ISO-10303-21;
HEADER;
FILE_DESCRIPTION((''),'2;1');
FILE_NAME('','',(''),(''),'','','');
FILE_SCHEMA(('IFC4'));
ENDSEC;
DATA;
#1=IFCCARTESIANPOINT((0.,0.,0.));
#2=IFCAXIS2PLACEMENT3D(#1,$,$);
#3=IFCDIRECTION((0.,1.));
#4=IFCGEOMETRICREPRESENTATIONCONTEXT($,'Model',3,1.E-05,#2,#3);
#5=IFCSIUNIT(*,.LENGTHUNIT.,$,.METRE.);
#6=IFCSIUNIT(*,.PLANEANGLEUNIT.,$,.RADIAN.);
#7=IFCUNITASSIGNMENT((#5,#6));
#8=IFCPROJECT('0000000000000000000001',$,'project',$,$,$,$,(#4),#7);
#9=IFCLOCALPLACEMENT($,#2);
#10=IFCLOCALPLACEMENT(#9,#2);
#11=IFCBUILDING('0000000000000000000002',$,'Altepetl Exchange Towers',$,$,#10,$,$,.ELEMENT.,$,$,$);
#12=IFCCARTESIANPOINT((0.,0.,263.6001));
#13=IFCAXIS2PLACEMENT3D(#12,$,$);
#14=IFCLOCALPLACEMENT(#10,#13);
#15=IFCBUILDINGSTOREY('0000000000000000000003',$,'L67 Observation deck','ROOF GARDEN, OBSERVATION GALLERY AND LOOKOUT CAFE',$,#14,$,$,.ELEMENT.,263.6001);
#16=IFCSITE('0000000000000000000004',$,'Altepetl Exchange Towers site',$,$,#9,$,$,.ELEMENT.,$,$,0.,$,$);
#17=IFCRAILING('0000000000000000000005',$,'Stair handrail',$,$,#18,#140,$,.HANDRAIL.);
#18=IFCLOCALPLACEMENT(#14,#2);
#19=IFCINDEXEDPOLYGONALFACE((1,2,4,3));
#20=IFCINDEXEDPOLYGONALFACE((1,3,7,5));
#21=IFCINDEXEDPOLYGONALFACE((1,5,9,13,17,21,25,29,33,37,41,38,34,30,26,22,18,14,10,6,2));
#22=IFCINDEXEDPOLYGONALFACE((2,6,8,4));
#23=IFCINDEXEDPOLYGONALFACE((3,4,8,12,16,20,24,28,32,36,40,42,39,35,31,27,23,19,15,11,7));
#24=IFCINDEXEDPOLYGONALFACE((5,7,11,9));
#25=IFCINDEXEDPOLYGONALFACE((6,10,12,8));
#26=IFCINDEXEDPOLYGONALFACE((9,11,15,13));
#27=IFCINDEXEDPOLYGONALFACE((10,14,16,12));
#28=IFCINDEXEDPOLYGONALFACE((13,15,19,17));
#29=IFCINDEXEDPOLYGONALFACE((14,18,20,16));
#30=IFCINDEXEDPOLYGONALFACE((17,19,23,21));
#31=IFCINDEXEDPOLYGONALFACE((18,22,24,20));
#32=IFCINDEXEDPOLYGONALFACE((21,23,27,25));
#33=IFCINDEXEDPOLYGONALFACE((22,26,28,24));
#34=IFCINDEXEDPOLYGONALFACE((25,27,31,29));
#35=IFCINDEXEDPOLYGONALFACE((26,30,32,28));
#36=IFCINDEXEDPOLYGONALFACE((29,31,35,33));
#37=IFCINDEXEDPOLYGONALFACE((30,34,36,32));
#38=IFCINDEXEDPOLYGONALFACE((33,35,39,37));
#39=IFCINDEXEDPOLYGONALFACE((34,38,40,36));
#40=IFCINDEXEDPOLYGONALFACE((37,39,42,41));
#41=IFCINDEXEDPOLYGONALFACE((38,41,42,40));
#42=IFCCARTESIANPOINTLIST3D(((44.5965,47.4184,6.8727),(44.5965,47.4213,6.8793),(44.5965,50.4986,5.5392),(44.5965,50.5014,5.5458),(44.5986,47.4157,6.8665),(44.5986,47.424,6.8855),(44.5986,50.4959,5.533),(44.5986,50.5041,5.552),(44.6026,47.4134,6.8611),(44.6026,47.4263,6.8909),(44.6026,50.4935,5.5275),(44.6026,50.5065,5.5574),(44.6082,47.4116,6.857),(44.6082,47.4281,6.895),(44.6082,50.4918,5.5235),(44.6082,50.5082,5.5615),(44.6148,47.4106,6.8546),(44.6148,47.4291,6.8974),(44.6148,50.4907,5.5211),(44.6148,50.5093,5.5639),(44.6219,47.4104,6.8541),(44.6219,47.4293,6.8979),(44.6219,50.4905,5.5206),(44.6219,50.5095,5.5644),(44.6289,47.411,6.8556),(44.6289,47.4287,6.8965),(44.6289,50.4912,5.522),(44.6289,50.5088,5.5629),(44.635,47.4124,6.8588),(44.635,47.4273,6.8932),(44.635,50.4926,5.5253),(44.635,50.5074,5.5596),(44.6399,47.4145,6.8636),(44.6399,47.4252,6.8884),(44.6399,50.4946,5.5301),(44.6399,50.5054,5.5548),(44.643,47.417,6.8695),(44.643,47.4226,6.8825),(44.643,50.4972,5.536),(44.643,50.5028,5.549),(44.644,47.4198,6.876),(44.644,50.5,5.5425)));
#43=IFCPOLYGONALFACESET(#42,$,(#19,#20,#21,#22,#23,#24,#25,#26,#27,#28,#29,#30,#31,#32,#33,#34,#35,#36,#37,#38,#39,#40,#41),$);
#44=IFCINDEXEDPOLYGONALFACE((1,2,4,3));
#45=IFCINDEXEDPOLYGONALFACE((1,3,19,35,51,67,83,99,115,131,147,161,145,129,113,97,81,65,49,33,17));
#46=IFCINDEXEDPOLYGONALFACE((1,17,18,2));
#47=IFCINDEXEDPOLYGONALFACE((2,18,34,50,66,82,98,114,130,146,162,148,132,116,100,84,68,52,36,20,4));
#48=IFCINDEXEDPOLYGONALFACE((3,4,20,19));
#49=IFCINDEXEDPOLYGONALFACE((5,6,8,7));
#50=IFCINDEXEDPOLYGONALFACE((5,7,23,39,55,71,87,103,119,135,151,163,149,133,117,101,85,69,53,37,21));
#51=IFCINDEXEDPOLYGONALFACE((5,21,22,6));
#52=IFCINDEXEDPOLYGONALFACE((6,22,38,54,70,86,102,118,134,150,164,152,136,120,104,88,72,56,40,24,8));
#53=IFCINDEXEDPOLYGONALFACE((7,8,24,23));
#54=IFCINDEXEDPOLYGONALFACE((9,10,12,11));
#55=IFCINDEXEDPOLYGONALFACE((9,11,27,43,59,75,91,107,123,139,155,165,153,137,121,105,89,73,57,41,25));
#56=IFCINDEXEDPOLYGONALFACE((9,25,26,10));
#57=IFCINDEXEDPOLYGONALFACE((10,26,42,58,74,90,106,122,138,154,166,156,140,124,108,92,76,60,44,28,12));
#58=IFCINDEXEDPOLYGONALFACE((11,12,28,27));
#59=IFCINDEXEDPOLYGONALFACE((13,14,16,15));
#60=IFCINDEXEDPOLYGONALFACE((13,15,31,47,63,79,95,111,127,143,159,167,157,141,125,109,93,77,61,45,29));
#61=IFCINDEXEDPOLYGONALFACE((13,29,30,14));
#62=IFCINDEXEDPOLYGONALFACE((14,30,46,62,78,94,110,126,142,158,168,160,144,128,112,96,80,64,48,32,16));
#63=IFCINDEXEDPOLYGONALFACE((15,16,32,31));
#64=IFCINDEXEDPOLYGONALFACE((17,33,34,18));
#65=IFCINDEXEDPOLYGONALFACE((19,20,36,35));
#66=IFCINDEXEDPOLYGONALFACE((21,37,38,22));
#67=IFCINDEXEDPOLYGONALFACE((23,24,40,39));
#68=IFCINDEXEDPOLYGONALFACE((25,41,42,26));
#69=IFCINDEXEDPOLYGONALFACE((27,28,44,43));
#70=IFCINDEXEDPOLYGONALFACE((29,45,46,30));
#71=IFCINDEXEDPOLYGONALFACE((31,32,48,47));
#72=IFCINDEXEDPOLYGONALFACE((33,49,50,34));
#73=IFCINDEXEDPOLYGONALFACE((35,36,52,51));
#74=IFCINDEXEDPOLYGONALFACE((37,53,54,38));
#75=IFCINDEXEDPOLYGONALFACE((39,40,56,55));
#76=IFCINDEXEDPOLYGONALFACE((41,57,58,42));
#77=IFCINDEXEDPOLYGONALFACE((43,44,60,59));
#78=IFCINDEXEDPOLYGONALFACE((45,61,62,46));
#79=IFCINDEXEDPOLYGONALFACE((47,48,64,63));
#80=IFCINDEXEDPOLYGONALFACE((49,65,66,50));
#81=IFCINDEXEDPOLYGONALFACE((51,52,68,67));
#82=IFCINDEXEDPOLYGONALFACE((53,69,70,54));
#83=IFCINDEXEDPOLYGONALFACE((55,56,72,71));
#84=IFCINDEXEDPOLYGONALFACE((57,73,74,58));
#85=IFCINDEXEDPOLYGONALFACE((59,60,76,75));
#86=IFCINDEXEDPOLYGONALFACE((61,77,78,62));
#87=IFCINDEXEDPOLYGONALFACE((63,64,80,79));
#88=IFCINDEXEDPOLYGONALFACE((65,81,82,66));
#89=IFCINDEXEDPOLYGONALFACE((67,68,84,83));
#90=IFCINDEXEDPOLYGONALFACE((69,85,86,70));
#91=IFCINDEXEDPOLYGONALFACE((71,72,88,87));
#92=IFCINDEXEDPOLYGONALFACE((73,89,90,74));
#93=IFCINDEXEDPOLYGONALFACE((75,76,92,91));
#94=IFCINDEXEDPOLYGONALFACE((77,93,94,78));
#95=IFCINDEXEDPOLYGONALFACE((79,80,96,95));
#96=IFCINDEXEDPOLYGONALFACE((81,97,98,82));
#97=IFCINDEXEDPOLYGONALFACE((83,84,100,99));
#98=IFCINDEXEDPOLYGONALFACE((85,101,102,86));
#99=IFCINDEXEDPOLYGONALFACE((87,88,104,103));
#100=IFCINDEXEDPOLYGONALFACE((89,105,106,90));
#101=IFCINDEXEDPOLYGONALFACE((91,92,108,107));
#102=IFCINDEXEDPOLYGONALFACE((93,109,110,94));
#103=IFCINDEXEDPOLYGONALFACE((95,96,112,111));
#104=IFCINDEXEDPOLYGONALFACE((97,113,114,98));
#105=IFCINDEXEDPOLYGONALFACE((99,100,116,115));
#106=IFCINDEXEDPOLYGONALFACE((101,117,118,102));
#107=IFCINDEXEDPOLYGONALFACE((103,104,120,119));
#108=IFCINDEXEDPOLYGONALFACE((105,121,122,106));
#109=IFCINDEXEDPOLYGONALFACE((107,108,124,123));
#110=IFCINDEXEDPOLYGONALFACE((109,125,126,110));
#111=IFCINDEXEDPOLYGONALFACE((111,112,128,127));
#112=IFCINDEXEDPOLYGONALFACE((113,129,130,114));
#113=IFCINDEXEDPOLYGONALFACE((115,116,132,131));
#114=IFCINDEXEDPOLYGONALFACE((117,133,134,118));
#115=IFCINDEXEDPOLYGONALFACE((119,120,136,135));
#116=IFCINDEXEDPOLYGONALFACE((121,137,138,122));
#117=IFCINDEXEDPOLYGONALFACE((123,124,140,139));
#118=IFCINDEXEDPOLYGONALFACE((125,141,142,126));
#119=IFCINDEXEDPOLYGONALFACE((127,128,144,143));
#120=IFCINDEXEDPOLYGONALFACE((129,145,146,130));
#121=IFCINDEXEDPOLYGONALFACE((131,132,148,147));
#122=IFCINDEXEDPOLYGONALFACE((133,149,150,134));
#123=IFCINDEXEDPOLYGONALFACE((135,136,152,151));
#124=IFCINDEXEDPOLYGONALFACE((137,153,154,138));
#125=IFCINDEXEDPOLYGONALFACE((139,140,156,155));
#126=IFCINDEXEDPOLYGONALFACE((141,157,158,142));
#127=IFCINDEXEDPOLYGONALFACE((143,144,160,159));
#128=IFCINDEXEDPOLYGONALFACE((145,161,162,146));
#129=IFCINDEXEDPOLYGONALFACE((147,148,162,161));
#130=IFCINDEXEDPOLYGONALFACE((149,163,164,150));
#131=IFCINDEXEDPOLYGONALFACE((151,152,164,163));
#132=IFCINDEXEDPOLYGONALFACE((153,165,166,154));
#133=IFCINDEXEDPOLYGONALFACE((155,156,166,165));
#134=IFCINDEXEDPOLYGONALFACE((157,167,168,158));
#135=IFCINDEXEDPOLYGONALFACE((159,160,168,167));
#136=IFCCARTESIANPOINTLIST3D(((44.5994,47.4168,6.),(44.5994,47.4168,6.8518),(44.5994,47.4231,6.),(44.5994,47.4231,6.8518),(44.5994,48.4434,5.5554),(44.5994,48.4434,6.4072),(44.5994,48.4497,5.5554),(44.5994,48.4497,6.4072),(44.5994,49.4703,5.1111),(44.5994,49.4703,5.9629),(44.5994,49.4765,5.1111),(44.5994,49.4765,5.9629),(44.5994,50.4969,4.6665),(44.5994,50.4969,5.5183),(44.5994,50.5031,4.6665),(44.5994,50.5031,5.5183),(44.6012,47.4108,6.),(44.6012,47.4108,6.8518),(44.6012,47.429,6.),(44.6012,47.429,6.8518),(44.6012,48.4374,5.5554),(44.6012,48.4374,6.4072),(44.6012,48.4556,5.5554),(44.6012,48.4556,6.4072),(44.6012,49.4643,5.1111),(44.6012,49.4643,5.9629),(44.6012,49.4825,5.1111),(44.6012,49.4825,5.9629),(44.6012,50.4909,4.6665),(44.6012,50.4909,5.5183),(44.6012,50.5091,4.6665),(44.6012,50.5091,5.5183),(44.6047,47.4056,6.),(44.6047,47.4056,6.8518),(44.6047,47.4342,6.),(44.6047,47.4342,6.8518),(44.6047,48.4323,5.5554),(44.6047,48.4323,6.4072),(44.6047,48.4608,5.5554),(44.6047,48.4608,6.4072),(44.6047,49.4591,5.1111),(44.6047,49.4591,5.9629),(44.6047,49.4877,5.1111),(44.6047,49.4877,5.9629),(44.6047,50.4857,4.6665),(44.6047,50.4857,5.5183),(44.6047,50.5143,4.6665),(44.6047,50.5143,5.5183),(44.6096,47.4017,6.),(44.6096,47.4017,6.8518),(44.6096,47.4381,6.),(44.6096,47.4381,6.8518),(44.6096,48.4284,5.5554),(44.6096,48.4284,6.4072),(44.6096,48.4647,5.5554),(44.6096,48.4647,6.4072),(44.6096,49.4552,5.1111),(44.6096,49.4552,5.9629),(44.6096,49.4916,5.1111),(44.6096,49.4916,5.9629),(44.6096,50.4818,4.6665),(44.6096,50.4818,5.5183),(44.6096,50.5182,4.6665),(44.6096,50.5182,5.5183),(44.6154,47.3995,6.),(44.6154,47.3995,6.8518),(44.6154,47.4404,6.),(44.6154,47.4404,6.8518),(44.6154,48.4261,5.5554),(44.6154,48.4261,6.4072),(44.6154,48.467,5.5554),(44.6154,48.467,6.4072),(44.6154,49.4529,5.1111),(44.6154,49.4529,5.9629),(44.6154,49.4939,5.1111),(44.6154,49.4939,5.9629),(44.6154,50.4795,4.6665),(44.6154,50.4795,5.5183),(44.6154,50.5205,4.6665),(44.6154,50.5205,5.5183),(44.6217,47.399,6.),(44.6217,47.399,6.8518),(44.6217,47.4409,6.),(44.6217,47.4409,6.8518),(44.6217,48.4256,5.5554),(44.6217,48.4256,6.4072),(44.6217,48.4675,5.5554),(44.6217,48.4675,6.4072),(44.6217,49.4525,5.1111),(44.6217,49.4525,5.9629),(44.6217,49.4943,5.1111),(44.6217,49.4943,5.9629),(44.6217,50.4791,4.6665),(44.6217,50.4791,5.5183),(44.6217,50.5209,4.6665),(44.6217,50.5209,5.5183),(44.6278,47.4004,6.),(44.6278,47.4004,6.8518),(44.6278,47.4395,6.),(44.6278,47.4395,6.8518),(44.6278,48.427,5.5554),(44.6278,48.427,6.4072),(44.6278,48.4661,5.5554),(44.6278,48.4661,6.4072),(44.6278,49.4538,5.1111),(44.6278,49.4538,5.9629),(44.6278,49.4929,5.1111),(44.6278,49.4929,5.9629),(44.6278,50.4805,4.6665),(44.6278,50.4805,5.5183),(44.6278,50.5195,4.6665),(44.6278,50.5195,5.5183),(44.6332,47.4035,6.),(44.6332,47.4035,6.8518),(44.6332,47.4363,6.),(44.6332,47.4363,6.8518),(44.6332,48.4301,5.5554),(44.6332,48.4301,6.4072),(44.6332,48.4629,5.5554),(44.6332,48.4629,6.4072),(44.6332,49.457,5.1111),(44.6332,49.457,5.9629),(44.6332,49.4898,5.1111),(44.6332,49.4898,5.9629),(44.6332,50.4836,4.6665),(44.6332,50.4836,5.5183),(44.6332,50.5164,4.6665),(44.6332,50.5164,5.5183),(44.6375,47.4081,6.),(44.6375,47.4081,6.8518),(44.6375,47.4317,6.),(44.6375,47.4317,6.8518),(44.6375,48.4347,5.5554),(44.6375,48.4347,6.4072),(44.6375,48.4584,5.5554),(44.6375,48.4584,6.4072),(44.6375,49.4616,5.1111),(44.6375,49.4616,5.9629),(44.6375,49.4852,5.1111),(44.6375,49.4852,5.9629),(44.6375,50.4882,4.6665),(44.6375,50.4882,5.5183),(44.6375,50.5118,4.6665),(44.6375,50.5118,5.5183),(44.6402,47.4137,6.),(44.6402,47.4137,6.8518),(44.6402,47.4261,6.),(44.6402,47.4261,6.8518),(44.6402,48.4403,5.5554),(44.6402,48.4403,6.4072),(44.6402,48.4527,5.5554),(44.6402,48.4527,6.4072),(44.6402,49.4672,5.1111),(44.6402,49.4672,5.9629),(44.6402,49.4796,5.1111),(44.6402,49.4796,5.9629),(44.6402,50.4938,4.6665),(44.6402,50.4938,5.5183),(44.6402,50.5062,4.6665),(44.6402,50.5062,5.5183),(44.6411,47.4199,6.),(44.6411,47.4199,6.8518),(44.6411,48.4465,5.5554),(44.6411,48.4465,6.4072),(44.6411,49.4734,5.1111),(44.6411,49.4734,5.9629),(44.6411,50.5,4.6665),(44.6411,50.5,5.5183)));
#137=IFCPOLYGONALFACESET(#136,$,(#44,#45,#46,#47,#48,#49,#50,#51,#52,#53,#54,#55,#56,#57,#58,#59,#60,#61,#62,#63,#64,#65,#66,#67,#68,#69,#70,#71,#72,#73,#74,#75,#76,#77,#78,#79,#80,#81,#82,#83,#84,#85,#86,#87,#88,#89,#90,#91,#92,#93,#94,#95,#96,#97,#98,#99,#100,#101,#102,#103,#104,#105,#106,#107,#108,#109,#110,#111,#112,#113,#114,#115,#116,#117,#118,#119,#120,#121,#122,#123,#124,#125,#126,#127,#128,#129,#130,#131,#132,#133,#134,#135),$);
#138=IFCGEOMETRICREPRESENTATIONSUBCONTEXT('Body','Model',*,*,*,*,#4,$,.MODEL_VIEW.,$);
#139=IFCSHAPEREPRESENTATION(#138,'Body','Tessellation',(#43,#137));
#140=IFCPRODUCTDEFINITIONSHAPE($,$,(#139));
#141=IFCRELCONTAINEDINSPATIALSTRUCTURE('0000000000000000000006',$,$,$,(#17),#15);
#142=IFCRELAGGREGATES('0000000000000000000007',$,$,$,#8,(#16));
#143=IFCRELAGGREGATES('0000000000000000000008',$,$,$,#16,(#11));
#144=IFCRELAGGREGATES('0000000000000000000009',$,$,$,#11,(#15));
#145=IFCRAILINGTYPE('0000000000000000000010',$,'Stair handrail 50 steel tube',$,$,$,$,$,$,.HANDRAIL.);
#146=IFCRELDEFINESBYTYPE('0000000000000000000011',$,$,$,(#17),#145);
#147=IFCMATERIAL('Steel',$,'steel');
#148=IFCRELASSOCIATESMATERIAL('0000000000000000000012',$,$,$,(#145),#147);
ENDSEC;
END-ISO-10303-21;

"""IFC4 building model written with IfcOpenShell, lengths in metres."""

from ifc_helpers import new_model, si_unit, direction, frame, origin, origin_2d, place, context, subcontext, project, spatial, circle, extrude, source, transform, mapped, material, type_object, element, save


model = new_model("IFC4")

# Units and contexts
model_context = context("Model", 3, precision=1e-05, world=origin(), true_north=direction((0.0, 1.0)))
body_context = subcontext(model_context, "Body", "Model", "MODEL_VIEW")
ifc_project = project(units=[si_unit("LENGTHUNIT", "METRE"), si_unit("PLANEANGLEUNIT", "RADIAN")], contexts=[model_context])

# Site, building, storey
site_placement = place(None, origin())
site = spatial("IfcSite", under=ifc_project, at=site_placement, Name="Altepetl Exchange Towers site", CompositionType="ELEMENT", RefElevation=0.0)
building_placement = place(site_placement, origin())
building = spatial("IfcBuilding", under=site, at=building_placement, Name="Altepetl Exchange Towers", CompositionType="ELEMENT")
storey_placement = place(building_placement, frame((0.0, 0.0, 263.6001)))
storey = spatial("IfcBuildingStorey", under=building, at=storey_placement, Name="L67 Observation deck", Description="ROOF GARDEN, OBSERVATION GALLERY AND LOOKOUT CAFE", CompositionType="ELEMENT", Elevation=263.6001)

# Railing
ifc_material_1 = material(Name="Steel", Category="steel")
railing_type = type_object("IfcRailingType", Name="Stair handrail 50 steel tube", PredefinedType="HANDRAIL", material=ifc_material_1)
shared_shape = source(origin(), body_context, "Body", "SweptSolid", [
    extrude(circle(Radius=0.021, at=origin_2d()), origin(), (0.0, 0.0, 1.0), 0.8518),
])
for number, where, name in (
    (1, (44.6201, 50.5, 4.6665), "Stair handrail"),
):
    element("IfcRailing", number, at=place(storey_placement, frame(where)), inside=storey, type_object=railing_type, Name=name, PredefinedType="HANDRAIL", context=body_context, shape_type="SweptSolid", body=[
        extrude(circle(Radius=0.0239, at=origin_2d()), frame((0.0, 0.0, 0.876), z_axis=(0.0, -0.917686, 0.397305), x_axis=(1.0, 0.0, 0.0)), (0.0, 0.0, 1.0), 3.3564),
        mapped(shared_shape, transform((0.0, 0.0, 0.0))),
        mapped(shared_shape, transform((0.0, -1.0266, 0.4446))),
        mapped(shared_shape, transform((0.0, -2.0535, 0.8889))),
        mapped(shared_shape, transform((0.0, -3.0801, 1.3335))),
    ])

save(model, "model.ifc")
